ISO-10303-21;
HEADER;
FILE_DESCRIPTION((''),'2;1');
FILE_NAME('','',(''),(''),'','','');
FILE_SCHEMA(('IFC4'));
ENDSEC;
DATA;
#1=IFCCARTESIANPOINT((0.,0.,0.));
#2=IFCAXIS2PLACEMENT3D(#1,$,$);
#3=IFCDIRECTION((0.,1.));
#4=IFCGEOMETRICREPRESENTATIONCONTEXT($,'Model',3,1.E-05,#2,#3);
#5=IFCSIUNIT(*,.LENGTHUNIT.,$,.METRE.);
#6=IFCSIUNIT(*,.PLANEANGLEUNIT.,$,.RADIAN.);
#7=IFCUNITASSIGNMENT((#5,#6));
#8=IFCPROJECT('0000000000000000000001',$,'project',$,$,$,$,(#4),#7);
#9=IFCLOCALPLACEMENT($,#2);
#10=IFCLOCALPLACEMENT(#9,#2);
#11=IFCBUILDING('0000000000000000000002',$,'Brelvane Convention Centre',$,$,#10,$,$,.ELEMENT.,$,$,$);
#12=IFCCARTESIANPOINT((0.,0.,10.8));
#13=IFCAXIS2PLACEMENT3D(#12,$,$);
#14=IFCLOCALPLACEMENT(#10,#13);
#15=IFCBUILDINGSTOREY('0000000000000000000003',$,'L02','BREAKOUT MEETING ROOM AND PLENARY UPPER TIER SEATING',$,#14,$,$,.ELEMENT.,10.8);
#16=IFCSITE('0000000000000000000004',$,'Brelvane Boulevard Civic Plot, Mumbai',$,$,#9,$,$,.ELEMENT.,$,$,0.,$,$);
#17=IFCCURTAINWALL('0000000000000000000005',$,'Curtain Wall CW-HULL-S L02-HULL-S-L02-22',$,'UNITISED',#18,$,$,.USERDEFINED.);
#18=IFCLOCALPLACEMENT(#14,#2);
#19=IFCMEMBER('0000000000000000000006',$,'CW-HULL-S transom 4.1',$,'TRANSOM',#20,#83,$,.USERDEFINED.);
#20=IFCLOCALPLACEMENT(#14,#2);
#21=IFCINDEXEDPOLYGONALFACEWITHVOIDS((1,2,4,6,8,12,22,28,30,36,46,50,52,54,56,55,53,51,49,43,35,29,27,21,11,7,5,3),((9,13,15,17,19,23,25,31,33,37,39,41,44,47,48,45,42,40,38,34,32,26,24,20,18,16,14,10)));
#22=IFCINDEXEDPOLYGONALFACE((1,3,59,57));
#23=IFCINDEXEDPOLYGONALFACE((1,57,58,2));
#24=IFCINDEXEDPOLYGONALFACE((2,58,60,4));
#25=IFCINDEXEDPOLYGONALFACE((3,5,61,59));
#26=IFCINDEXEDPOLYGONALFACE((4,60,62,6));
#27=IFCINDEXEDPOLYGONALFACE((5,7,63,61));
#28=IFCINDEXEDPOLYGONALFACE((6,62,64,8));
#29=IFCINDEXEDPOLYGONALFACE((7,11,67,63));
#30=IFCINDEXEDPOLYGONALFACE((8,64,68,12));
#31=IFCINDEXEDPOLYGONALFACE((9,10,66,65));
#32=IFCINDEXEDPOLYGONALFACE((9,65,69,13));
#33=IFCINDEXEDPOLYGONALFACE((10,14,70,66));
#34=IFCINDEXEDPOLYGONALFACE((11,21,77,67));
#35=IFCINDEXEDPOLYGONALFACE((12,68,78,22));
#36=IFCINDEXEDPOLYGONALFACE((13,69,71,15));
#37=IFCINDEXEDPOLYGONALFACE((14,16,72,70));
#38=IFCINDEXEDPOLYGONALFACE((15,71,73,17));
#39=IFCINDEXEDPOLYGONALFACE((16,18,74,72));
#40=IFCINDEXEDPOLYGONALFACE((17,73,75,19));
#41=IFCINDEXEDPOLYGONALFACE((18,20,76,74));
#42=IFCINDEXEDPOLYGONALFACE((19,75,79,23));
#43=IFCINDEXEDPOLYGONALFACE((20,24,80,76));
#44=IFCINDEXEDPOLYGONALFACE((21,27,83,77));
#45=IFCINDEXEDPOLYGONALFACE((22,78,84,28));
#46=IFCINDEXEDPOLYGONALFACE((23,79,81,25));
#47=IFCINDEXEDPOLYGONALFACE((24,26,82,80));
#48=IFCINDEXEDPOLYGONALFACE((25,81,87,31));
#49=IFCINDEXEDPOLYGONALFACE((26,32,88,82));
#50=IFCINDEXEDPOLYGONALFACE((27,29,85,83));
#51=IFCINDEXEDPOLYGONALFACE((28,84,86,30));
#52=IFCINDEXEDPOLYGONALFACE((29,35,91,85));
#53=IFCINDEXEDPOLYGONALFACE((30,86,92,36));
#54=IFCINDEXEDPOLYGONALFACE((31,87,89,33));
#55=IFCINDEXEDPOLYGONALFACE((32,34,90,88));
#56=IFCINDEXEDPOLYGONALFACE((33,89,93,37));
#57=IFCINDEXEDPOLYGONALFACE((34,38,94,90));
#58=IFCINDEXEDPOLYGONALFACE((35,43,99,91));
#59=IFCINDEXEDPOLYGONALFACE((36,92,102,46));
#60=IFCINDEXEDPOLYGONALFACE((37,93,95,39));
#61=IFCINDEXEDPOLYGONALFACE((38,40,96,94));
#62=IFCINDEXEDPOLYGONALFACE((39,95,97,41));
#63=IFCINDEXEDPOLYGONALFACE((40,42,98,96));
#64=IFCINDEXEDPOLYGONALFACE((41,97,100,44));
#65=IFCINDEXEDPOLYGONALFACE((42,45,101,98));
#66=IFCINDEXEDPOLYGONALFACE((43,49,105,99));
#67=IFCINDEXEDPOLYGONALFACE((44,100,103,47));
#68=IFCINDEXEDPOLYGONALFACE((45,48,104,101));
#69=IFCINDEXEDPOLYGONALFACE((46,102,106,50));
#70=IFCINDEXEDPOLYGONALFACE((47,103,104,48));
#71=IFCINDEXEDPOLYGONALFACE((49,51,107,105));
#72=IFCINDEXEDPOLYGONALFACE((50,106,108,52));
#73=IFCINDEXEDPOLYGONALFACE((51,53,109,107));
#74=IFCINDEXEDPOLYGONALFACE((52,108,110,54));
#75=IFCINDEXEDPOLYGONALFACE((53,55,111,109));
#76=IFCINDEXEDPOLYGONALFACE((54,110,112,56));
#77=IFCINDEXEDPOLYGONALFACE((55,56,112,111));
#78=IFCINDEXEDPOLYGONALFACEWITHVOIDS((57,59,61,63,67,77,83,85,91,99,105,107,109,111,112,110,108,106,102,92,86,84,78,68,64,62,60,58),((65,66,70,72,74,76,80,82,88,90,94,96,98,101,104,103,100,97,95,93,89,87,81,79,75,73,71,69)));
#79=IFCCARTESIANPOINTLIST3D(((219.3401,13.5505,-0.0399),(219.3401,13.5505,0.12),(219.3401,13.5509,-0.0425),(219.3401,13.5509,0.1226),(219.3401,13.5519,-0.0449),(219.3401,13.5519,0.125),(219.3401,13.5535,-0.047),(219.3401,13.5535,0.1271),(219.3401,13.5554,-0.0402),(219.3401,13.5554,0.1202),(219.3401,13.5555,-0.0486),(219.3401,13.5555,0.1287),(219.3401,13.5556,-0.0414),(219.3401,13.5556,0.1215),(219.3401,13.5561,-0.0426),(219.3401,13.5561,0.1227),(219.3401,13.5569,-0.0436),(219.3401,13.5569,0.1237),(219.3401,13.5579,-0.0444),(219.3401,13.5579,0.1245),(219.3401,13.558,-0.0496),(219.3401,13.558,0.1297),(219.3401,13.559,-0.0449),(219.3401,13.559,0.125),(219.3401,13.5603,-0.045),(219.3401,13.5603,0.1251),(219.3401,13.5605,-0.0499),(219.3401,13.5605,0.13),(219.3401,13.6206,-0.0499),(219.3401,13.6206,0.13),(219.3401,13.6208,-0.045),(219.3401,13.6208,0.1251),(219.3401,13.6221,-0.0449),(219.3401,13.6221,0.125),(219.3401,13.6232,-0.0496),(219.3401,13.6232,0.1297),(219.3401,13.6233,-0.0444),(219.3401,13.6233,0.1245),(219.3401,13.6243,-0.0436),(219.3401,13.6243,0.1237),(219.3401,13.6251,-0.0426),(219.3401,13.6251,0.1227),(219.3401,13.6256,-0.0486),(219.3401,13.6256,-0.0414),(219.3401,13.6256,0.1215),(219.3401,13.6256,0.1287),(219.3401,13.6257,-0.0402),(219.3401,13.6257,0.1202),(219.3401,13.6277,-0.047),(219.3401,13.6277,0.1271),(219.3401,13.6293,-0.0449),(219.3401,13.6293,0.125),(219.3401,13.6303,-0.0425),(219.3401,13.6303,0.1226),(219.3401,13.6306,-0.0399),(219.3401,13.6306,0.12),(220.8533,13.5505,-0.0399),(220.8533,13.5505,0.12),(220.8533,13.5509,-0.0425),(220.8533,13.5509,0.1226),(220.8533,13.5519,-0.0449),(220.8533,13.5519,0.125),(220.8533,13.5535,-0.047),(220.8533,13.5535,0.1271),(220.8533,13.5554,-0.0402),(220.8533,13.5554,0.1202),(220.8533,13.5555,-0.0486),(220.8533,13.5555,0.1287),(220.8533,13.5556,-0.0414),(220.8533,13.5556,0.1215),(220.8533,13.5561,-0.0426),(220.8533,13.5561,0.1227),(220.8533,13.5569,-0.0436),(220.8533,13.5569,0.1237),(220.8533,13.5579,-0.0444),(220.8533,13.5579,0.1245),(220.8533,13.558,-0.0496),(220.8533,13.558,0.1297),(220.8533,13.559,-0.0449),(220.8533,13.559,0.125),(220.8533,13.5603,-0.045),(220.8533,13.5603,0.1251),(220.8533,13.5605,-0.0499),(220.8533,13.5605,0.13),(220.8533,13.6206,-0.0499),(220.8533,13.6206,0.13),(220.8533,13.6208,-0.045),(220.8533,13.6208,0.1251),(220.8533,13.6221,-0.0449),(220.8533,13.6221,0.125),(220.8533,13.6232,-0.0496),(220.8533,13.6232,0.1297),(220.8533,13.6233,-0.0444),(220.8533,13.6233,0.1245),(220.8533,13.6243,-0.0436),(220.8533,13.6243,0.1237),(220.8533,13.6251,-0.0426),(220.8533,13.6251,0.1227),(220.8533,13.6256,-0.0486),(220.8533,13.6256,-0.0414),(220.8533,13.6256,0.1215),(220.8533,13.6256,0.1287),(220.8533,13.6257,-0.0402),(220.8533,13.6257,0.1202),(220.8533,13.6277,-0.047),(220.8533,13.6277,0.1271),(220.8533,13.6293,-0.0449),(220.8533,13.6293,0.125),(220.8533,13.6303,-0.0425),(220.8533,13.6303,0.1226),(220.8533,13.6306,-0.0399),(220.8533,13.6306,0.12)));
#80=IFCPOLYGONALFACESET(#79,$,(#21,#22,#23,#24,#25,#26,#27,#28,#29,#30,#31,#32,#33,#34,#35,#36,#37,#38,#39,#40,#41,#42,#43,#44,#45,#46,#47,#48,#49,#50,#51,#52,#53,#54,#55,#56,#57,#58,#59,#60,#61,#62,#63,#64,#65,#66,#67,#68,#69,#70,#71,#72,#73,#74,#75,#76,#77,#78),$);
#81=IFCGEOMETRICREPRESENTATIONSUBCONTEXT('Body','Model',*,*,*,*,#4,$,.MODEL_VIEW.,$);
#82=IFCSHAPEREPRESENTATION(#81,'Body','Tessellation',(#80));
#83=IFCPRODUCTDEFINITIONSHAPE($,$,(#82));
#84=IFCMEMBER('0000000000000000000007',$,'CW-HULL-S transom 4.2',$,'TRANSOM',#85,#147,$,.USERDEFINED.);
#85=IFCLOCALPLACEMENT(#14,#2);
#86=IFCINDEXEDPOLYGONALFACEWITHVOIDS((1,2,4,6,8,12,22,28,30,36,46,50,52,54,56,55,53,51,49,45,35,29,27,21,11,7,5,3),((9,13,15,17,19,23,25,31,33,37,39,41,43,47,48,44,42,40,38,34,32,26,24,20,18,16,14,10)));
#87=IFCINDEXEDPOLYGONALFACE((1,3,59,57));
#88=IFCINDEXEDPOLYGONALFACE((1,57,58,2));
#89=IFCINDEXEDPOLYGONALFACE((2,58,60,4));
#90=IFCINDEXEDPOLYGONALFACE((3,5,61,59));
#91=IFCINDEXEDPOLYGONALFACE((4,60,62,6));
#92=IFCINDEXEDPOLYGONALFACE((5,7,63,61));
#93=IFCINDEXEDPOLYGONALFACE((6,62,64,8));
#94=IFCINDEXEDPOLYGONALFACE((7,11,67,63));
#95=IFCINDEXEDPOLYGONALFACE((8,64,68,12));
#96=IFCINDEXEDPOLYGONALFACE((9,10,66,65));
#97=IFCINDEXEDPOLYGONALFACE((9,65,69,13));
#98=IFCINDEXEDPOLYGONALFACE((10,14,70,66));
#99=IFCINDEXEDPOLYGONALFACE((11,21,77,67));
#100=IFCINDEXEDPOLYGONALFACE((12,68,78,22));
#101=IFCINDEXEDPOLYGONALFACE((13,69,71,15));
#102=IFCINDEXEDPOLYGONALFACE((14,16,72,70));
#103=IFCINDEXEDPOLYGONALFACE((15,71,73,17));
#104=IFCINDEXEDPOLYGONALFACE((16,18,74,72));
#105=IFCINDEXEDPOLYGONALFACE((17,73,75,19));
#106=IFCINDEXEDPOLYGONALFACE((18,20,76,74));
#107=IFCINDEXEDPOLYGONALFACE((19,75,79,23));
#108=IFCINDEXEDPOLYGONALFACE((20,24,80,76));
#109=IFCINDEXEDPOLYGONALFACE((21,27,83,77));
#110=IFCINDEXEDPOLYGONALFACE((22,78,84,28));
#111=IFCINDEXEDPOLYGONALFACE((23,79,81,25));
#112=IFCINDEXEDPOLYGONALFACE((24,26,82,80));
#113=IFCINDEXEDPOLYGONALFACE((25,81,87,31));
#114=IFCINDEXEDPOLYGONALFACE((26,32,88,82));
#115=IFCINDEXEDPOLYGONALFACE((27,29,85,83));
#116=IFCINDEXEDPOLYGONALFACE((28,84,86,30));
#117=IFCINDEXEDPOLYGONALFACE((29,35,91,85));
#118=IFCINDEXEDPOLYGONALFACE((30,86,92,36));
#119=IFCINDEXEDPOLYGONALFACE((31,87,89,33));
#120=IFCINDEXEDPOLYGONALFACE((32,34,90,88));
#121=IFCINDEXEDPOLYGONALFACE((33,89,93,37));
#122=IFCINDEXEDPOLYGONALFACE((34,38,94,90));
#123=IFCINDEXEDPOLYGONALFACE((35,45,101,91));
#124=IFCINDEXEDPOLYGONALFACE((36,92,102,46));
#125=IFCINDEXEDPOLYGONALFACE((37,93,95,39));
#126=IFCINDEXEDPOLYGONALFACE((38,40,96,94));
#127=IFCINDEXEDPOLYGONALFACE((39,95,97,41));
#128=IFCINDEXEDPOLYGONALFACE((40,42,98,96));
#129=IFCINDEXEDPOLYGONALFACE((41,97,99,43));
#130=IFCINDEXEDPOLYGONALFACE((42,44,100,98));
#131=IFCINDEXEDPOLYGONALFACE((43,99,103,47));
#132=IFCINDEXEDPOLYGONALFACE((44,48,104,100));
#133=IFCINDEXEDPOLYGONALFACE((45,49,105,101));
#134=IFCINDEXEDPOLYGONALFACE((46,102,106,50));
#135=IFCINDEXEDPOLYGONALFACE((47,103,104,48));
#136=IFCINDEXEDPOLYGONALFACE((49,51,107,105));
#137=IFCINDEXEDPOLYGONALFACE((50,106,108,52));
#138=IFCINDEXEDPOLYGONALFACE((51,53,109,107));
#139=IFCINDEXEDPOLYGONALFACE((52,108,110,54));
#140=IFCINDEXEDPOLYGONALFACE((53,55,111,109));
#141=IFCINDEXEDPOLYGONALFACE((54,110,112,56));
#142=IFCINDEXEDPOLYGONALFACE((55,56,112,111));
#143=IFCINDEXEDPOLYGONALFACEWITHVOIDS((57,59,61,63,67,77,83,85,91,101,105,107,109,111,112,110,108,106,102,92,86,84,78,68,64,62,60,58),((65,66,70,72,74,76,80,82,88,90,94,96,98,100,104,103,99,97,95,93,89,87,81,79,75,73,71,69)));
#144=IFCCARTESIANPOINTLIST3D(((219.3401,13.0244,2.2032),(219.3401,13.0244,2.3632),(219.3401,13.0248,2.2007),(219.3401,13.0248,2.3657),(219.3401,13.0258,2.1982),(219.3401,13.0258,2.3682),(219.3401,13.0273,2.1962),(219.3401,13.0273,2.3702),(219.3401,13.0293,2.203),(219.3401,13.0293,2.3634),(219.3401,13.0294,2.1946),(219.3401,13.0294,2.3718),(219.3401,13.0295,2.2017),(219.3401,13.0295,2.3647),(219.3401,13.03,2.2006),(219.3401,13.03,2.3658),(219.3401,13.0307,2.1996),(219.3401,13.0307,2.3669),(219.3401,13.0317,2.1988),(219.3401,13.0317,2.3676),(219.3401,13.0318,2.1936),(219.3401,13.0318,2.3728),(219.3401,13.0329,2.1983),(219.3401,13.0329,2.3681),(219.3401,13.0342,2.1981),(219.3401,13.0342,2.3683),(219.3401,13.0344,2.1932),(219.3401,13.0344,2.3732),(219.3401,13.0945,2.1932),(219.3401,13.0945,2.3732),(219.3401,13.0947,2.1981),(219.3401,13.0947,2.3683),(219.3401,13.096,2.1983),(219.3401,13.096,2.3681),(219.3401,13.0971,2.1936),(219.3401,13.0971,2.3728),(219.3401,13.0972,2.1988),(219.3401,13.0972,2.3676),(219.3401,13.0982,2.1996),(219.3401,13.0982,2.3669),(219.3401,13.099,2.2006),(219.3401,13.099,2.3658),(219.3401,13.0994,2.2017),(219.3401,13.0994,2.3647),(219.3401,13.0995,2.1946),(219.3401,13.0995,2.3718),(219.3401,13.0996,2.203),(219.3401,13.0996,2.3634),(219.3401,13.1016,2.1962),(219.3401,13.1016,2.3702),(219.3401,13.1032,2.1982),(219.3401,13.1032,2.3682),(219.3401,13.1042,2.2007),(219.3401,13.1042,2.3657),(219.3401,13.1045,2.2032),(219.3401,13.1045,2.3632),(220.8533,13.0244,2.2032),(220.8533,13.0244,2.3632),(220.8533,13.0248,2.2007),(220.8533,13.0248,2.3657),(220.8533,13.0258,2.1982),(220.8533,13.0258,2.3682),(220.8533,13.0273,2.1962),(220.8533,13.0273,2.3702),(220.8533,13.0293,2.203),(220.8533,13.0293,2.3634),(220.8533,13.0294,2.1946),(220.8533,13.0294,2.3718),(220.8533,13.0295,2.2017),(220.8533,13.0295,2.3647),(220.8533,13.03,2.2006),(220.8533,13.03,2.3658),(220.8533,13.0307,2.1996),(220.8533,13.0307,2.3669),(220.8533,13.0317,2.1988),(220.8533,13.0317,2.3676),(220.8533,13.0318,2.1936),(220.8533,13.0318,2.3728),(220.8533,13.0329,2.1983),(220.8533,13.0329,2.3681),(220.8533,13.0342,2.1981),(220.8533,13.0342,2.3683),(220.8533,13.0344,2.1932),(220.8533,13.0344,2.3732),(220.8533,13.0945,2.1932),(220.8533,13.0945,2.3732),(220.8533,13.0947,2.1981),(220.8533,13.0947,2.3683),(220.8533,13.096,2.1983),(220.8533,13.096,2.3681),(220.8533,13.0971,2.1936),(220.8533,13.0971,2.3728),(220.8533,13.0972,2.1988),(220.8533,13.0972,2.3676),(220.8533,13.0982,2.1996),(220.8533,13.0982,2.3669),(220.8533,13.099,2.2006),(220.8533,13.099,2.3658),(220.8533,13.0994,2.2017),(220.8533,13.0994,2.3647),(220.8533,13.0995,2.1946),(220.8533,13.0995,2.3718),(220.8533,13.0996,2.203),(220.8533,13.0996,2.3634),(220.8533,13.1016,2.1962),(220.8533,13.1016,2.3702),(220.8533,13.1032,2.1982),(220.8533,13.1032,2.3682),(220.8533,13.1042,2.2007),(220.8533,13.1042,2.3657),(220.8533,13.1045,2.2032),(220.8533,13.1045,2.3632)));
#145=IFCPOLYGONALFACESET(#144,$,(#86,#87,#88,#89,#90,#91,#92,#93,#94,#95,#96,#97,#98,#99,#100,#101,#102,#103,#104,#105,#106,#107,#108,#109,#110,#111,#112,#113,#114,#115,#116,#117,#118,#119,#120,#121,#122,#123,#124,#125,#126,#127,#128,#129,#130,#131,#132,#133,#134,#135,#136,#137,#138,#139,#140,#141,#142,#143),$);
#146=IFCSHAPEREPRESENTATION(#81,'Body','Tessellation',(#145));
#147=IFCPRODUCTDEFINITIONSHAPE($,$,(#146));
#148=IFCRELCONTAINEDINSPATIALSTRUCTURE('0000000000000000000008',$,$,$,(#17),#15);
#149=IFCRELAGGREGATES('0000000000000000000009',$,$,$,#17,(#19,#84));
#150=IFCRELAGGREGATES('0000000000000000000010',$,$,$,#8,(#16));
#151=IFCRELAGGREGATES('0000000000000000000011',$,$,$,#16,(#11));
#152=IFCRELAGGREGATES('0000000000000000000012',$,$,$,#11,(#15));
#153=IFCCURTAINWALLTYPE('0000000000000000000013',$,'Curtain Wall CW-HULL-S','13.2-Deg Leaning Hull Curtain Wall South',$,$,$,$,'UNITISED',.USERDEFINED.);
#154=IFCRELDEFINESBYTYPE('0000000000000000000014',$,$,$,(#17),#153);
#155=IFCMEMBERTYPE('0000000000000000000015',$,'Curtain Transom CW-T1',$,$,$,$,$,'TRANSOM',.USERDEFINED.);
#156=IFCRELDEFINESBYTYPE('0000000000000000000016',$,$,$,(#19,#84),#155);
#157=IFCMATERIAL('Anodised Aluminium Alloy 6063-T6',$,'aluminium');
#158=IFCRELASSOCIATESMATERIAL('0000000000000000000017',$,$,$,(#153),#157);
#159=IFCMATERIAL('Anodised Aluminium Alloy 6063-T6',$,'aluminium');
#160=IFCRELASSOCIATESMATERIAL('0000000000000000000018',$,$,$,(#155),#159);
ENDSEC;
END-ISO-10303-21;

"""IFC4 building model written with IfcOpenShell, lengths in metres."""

from ifc_helpers import new_model, si_unit, direction, frame, origin, origin_2d, place, context, subcontext, project, spatial, hollow_rectangle, extrude, material, material_profile, profile_set, type_object, element, aggregate, save


model = new_model("IFC4")

# Units and contexts
model_context = context("Model", 3, precision=1e-05, world=origin(), true_north=direction((0.0, 1.0)))
body_context = subcontext(model_context, "Body", "Model", "MODEL_VIEW")
ifc_project = project(units=[si_unit("LENGTHUNIT", "METRE"), si_unit("PLANEANGLEUNIT", "RADIAN")], contexts=[model_context])

# Site, building, storey
site_placement = place(None, origin())
site = spatial("IfcSite", under=ifc_project, at=site_placement, Name="Brelvane Boulevard Civic Plot, Mumbai", CompositionType="ELEMENT", RefElevation=0.0)
building_placement = place(site_placement, origin())
building = spatial("IfcBuilding", under=site, at=building_placement, Name="Brelvane Convention Centre", CompositionType="ELEMENT")
storey_placement = place(building_placement, frame((0.0, 0.0, 10.8)))
storey = spatial("IfcBuildingStorey", under=building, at=storey_placement, Name="L02", Description="BREAKOUT MEETING ROOM AND PLENARY UPPER TIER SEATING", CompositionType="ELEMENT", Elevation=10.8)

# Curtain wall
ifc_material_1 = material(Name="Anodised Aluminium Alloy 6063-T6", Category="aluminium")
curtain_wall_type_1 = type_object("IfcCurtainWallType", Name="Curtain Wall CW-HULL-S", Description="13.2-Deg Leaning Hull Curtain Wall South", ElementType="UNITISED", PredefinedType="USERDEFINED", material=ifc_material_1)
curtain_wall_1_placement = place(storey_placement, origin())
curtain_wall_1 = element("IfcCurtainWall", 1, at=curtain_wall_1_placement, inside=storey, type_object=curtain_wall_type_1, Name="Curtain Wall CW-HULL-S L02-HULL-S-L02-22", ObjectType="UNITISED", PredefinedType="USERDEFINED")

# Members
ifc_material_2 = material(Name="Anodised Aluminium Alloy 6063-T6", Category="aluminium")
ifc_material_profile_1 = material_profile(ifc_material_2, hollow_rectangle(XDim=0.0801, YDim=0.1799, WallThickness=0.0049, InnerFilletRadius=0.0049, OuterFilletRadius=0.01, at=origin_2d()), Name="ALU-T 180x80x5.0")
ifc_profile_set_1 = profile_set([ifc_material_profile_1], Name="Anodised Aluminium Alloy 6063-T6")
member_type_1 = type_object("IfcMemberType", Name="Curtain Transom CW-T1", ElementType="TRANSOM", PredefinedType="USERDEFINED", material=ifc_profile_set_1)
member_1_placement = place(storey_placement, frame((219.3401, 13.5906, 0.04), z_axis=(1.0, 0.0, 0.0), x_axis=(0.0, 1.0, 0.0)))
member_1 = element("IfcMember", 2, at=member_1_placement, type_object=member_type_1, Name="CW-HULL-S transom 4.1", ObjectType="TRANSOM", PredefinedType="USERDEFINED", context=body_context, shape_type="SweptSolid", body=[
    extrude(hollow_rectangle(XDim=0.0801, YDim=0.1799, WallThickness=0.0049, InnerFilletRadius=0.0049, OuterFilletRadius=0.01, at=origin_2d()), origin(), (0.0, 0.0, 1.0), 1.5132),
])
member_2_placement = place(storey_placement, frame((219.3401, 13.0645, 2.2832), z_axis=(1.0, 0.0, 0.0), x_axis=(0.0, 1.0, 0.0)))
member_2 = element("IfcMember", 3, at=member_2_placement, type_object=member_type_1, Name="CW-HULL-S transom 4.2", ObjectType="TRANSOM", PredefinedType="USERDEFINED", context=body_context, shape_type="SweptSolid", body=[
    extrude(hollow_rectangle(XDim=0.0801, YDim=0.1799, WallThickness=0.0049, InnerFilletRadius=0.0049, OuterFilletRadius=0.01, at=origin_2d()), origin(), (0.0, 0.0, 1.0), 1.5132),
])

aggregate(curtain_wall_1, [member_1, member_2])

save(model, "model.ifc")
